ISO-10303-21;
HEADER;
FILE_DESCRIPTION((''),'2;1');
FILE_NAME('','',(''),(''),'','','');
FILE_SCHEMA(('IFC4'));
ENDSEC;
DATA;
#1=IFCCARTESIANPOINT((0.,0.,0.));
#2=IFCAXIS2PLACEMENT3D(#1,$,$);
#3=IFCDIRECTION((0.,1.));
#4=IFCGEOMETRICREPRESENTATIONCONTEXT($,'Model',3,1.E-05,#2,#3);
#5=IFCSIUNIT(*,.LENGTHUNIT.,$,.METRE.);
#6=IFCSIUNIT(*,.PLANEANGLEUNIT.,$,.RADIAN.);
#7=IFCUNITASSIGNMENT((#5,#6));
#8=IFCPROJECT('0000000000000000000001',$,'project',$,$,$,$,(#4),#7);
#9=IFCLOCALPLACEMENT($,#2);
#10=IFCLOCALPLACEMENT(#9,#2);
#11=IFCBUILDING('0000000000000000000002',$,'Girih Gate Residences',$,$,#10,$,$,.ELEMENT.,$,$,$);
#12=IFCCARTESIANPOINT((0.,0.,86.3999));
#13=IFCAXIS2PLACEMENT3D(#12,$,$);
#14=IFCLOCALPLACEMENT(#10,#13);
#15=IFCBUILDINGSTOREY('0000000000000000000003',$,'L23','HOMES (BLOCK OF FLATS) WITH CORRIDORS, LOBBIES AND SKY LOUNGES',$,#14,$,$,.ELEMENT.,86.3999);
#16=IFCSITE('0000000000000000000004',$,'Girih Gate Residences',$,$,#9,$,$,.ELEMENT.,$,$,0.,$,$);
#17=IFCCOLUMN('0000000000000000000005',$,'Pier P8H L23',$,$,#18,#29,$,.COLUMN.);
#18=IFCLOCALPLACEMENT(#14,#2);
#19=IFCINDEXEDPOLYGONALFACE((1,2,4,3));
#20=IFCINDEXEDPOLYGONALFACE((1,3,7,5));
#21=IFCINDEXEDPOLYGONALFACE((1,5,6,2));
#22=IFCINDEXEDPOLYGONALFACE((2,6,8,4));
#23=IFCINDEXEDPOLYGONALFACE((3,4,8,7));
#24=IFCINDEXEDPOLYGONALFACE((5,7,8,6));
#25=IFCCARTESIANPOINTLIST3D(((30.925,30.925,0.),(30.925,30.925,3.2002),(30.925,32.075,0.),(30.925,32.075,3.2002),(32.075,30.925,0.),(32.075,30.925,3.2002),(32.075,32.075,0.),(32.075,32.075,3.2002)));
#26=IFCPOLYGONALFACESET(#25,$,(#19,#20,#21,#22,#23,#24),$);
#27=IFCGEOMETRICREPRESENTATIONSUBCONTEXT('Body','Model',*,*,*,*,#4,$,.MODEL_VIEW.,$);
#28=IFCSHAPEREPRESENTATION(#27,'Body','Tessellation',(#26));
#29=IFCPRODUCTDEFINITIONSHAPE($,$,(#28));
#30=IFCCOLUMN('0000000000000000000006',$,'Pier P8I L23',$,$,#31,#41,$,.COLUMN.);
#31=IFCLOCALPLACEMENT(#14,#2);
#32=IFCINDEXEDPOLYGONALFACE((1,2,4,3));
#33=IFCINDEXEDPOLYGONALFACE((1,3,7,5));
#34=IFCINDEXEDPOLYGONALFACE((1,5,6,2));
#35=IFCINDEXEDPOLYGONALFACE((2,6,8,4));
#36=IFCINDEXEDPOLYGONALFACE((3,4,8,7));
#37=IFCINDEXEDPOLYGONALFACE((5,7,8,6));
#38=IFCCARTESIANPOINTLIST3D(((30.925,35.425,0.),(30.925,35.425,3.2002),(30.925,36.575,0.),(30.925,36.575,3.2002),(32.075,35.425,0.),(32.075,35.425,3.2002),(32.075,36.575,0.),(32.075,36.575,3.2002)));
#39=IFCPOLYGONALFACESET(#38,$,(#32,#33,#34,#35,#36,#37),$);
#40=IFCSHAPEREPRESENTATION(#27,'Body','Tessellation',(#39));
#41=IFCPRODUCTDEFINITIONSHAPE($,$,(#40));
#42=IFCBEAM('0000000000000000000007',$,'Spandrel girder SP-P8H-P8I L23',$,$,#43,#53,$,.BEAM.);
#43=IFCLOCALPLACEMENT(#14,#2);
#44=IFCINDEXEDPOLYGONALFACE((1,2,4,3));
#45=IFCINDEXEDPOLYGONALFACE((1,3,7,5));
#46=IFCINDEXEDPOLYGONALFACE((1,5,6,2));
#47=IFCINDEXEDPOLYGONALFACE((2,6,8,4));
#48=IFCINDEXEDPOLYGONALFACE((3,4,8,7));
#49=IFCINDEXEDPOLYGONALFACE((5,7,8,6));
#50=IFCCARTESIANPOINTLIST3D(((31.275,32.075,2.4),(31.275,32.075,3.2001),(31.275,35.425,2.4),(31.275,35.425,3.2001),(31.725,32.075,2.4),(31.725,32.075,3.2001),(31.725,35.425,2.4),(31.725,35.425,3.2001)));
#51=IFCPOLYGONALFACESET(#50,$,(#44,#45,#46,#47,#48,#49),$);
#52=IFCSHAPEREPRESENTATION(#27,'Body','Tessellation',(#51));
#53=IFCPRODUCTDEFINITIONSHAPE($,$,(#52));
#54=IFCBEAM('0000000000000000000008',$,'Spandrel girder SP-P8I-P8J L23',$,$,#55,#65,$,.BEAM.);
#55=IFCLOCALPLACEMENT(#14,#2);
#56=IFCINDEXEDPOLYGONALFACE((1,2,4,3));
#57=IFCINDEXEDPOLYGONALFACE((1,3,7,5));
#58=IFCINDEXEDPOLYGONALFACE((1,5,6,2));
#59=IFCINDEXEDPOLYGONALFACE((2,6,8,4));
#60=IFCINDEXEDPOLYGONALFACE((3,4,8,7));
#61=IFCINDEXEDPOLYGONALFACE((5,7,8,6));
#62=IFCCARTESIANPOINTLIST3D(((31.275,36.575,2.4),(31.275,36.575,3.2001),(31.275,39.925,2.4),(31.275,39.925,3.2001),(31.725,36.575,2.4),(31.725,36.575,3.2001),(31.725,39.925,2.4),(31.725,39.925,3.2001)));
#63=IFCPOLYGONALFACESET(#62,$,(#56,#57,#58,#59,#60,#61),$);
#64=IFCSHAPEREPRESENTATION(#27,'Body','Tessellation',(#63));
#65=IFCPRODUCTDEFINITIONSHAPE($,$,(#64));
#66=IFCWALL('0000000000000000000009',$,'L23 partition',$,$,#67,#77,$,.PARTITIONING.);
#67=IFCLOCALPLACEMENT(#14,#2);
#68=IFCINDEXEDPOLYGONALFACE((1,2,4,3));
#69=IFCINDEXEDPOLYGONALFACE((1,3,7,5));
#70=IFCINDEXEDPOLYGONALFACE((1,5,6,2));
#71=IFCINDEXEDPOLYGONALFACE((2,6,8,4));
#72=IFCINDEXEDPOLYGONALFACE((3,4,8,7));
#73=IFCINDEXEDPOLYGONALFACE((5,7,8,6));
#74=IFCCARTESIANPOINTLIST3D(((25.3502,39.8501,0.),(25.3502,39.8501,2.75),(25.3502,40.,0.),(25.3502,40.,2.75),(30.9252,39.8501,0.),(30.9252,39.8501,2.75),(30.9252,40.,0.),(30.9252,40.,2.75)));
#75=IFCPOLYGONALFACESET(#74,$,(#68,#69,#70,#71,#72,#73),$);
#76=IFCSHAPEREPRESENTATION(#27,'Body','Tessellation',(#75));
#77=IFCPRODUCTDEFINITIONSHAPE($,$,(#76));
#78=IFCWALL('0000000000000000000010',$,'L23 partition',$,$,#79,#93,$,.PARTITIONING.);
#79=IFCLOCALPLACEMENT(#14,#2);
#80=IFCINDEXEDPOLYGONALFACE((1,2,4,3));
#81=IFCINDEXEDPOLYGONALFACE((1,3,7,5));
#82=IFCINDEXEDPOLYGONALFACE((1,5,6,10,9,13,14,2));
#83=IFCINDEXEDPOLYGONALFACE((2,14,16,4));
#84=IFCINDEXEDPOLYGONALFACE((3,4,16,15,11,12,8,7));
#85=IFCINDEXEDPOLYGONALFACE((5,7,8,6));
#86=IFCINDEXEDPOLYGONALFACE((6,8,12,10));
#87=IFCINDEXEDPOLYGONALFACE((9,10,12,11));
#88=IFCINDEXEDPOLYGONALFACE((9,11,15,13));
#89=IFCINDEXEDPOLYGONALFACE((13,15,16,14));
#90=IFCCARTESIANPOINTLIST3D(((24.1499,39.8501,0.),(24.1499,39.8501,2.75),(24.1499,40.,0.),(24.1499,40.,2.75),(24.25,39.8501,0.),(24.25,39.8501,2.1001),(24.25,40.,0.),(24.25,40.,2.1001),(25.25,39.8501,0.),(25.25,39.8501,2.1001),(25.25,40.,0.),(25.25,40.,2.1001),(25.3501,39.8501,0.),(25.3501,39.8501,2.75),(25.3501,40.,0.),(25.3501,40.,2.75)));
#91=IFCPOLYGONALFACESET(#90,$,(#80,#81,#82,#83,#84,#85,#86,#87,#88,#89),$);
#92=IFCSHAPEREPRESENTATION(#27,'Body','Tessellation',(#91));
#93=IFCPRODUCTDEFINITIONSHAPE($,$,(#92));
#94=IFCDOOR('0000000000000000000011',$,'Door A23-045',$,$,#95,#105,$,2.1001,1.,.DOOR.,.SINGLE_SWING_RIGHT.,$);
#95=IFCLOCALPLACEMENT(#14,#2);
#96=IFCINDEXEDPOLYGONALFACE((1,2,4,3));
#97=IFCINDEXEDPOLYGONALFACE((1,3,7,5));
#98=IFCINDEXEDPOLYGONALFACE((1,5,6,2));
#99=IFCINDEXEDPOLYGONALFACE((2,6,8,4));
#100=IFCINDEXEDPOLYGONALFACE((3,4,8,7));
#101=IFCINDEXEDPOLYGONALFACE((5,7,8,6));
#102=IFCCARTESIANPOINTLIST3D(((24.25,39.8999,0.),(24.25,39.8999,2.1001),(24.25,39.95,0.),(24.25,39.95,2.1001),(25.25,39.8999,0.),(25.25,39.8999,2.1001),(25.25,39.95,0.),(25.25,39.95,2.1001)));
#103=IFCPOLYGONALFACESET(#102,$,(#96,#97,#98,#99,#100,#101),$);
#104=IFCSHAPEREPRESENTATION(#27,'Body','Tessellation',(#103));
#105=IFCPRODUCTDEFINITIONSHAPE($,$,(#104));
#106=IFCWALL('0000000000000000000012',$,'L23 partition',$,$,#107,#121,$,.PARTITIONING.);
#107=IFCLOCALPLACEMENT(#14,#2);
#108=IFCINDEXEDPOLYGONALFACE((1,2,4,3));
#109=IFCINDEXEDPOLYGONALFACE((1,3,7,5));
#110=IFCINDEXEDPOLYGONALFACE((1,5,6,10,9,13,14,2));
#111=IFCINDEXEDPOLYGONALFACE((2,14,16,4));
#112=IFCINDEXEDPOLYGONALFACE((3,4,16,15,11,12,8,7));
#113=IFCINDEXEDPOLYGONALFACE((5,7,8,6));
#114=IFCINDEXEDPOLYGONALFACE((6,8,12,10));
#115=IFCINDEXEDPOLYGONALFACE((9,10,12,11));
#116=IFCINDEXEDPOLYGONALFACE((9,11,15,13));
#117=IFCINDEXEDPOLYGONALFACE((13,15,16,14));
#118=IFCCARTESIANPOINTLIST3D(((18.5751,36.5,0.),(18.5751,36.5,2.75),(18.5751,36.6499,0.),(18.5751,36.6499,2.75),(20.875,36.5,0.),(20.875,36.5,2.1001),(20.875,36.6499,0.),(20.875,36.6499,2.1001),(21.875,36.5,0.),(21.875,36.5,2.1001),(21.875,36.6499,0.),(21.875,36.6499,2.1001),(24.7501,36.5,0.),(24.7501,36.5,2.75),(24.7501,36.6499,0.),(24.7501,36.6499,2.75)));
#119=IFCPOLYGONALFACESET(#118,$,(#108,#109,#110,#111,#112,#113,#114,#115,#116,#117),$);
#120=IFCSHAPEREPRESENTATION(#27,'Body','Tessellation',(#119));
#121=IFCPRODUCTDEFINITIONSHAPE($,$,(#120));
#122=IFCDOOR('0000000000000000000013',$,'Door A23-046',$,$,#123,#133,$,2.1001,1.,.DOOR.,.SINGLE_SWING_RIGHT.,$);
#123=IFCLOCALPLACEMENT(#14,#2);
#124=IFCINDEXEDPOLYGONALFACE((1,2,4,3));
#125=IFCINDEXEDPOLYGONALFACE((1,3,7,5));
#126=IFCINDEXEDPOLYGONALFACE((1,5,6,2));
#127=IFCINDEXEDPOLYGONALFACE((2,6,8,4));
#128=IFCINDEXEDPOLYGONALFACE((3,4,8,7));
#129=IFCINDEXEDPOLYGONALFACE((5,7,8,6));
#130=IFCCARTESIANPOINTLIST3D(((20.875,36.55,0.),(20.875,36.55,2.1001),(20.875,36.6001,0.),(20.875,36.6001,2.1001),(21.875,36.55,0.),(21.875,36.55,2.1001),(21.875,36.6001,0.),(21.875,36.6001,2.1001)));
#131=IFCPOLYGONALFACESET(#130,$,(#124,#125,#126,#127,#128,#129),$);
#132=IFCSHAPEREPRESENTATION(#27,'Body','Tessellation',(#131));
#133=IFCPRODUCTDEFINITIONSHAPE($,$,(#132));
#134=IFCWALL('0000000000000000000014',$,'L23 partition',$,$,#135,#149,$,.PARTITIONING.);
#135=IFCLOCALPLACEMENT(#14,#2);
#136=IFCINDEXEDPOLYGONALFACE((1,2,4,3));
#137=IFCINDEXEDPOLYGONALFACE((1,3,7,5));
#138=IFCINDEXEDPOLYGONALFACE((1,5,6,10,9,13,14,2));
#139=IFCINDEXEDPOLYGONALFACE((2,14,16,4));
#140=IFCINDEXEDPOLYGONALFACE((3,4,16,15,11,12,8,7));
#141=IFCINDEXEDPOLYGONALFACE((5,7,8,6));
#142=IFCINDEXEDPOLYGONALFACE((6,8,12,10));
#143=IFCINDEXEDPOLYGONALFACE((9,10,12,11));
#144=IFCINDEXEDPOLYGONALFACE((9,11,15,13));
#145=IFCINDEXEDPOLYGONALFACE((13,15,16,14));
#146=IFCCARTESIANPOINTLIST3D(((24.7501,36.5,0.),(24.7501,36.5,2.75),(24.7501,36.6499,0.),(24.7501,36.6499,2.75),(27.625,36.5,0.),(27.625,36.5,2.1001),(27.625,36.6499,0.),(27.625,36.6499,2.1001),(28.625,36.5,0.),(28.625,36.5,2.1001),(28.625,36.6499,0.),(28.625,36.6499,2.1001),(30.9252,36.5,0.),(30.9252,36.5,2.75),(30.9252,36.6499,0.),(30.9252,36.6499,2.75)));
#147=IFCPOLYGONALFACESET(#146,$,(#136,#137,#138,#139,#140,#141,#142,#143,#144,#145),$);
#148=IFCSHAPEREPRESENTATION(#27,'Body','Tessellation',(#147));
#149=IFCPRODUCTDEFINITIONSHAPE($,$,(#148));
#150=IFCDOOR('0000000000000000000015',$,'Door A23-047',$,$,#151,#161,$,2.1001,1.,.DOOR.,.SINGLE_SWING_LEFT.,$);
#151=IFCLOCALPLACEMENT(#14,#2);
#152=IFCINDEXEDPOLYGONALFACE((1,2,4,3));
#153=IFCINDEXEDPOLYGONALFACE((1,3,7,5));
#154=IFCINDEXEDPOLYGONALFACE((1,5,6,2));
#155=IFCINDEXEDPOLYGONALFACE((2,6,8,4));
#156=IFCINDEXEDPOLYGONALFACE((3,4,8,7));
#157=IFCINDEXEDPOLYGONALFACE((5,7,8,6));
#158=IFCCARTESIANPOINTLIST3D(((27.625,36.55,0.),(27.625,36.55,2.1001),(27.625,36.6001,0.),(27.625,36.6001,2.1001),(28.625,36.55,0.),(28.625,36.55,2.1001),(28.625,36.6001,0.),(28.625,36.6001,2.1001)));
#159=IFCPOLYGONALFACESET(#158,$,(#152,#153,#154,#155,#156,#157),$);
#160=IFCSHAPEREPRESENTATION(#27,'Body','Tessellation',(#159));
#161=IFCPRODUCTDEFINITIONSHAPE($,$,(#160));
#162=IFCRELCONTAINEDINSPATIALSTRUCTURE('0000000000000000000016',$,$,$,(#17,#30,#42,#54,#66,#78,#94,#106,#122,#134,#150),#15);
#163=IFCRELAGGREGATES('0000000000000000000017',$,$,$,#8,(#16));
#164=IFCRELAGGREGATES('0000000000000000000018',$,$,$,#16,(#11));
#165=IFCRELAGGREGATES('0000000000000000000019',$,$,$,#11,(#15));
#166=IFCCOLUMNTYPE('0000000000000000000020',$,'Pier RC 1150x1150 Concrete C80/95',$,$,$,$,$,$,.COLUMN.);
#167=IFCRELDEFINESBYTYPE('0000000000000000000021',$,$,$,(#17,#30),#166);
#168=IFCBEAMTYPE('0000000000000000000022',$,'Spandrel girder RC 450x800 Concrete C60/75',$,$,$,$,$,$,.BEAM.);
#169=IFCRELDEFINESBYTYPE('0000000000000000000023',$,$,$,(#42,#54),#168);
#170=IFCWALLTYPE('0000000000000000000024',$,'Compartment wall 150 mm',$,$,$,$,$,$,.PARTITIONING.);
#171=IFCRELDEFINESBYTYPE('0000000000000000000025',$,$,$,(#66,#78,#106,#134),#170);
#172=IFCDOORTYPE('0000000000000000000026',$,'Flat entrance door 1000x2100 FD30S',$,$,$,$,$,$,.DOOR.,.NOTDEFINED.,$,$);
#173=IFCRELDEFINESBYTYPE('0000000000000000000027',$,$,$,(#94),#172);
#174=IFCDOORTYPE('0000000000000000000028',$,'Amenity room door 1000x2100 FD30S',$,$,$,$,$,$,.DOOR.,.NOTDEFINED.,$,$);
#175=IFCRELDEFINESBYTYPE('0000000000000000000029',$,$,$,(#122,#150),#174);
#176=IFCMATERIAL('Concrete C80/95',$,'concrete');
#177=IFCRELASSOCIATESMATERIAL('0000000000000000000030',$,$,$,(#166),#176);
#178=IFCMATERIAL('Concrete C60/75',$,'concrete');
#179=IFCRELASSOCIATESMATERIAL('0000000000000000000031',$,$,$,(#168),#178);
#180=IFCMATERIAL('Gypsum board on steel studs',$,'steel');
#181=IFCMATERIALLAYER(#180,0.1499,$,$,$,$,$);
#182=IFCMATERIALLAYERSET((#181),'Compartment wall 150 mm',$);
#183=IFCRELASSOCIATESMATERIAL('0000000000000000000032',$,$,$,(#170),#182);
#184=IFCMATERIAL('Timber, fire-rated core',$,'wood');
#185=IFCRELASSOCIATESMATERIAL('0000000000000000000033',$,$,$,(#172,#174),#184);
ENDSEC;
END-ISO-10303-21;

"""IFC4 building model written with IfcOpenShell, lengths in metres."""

from ifc_helpers import new_model, si_unit, direction, frame, frame_2d, origin, origin_2d, place, context, subcontext, project, spatial, rectangle, extrude, material, layer, layer_set, material_profile, profile_set, type_object, element, fill, save


model = new_model("IFC4")

# Units and contexts
model_context = context("Model", 3, precision=1e-05, world=origin(), true_north=direction((0.0, 1.0)))
body_context = subcontext(model_context, "Body", "Model", "MODEL_VIEW")
ifc_project = project(units=[si_unit("LENGTHUNIT", "METRE"), si_unit("PLANEANGLEUNIT", "RADIAN")], contexts=[model_context])

# Site, building, storey
site_placement = place(None, origin())
site = spatial("IfcSite", under=ifc_project, at=site_placement, Name="Girih Gate Residences", CompositionType="ELEMENT", RefElevation=0.0)
building_placement = place(site_placement, origin())
building = spatial("IfcBuilding", under=site, at=building_placement, Name="Girih Gate Residences", CompositionType="ELEMENT")
storey_placement = place(building_placement, frame((0.0, 0.0, 86.3999)))
storey = spatial("IfcBuildingStorey", under=building, at=storey_placement, Name="L23", Description="HOMES (BLOCK OF FLATS) WITH CORRIDORS, LOBBIES AND SKY LOUNGES", CompositionType="ELEMENT", Elevation=86.3999)

# Columns
ifc_material_1 = material(Name="Concrete C80/95", Category="concrete")
ifc_material_profile_1 = material_profile(ifc_material_1, rectangle(XDim=1.1499, YDim=1.1499, at=origin_2d()))
ifc_profile_set_1 = profile_set([ifc_material_profile_1], Name="Concrete C80/95")
column_type = type_object("IfcColumnType", Name="Pier RC 1150x1150 Concrete C80/95", PredefinedType="COLUMN", material=ifc_profile_set_1)
for number, where, z_axis, x_axis, name in (
    (1, (31.5, 31.5, 0.0), (0.0, 0.0, 1.0), (1.0, 0.0, 0.0), "Pier P8H L23"),
    (2, (31.5, 36.0, 0.0), (0.0, 0.0, 1.0), (1.0, 0.0, 0.0), "Pier P8I L23"),
):
    element("IfcColumn", number, at=place(storey_placement, frame(where, z_axis=z_axis, x_axis=x_axis)), inside=storey, type_object=column_type, Name=name, PredefinedType="COLUMN", context=body_context, shape_type="SweptSolid", body=[
        extrude(rectangle(XDim=1.1499, YDim=1.1499, at=origin_2d()), origin(), (0.0, 0.0, 1.0), 3.2002),
    ])

# Beams
ifc_material_2 = material(Name="Concrete C60/75", Category="concrete")
ifc_material_profile_2 = material_profile(ifc_material_2, rectangle(XDim=0.45, YDim=0.8, at=origin_2d()))
ifc_profile_set_2 = profile_set([ifc_material_profile_2], Name="Concrete C60/75")
beam_type = type_object("IfcBeamType", Name="Spandrel girder RC 450x800 Concrete C60/75", PredefinedType="BEAM", material=ifc_profile_set_2)
for number, where, z_axis, x_axis, name in (
    (3, (31.5, 32.075, 2.8), (0.0, 1.0, 0.0), (-1.0, 0.0, 0.0), "Spandrel girder SP-P8H-P8I L23"),
    (4, (31.5, 36.575, 2.8), (0.0, 1.0, 0.0), (-1.0, 0.0, 0.0), "Spandrel girder SP-P8I-P8J L23"),
):
    element("IfcBeam", number, at=place(storey_placement, frame(where, z_axis=z_axis, x_axis=x_axis)), inside=storey, type_object=beam_type, Name=name, PredefinedType="BEAM", context=body_context, shape_type="SweptSolid", body=[
        extrude(rectangle(XDim=0.45, YDim=0.8, at=origin_2d()), origin(), (0.0, 0.0, 1.0), 3.3501),
    ])

# Wall
ifc_material_3 = material(Name="Gypsum board on steel studs", Category="steel")
ifc_layer_1 = layer(ifc_material_3, 0.1499)
ifc_layer_set_1 = layer_set([ifc_layer_1], Name="Compartment wall 150 mm")
wall_type_1 = type_object("IfcWallType", Name="Compartment wall 150 mm", PredefinedType="PARTITIONING", material=ifc_layer_set_1)
wall_1_placement = place(storey_placement, frame((25.3501, 39.925, 0.0), z_axis=(0.0, 0.0, 1.0), x_axis=(1.0, 0.0, 0.0)))
element("IfcWall", 5, at=wall_1_placement, inside=storey, type_object=wall_type_1, Name="L23 partition", PredefinedType="PARTITIONING", context=body_context, shape_type="SweptSolid", body=[
    extrude(rectangle(XDim=5.575, YDim=0.1499, at=frame_2d((2.7876, 0.0))), origin(), (0.0, 0.0, 1.0), 2.75),
])

# Walls, openings, doors
wall_2_placement = place(storey_placement, frame((24.1499, 39.925, 0.0), z_axis=(0.0, 0.0, 1.0), x_axis=(1.0, 0.0, 0.0)))
wall_2 = element("IfcWall", 6, at=wall_2_placement, inside=storey, type_object=wall_type_1, Name="L23 partition", PredefinedType="PARTITIONING", context=body_context, shape_type="SweptSolid", body=[
    extrude(rectangle(XDim=1.2002, YDim=0.1499, at=frame_2d((0.6001, 0.0))), origin(), (0.0, 0.0, 1.0), 2.75),
])
opening_1_placement = place(wall_2_placement, frame((0.1001, 0.0, 0.0)))
opening_1 = element("IfcOpeningElement", 7, at=opening_1_placement, cuts=wall_2, PredefinedType="OPENING", context=body_context, shape_type="SweptSolid", body=[
    extrude(rectangle(XDim=1.0, YDim=2.1001, at=frame_2d((0.5, 1.05))), frame((0.0, 0.085, 0.0), z_axis=(0.0, -1.0, 0.0), x_axis=(1.0, 0.0, 0.0)), (0.0, 0.0, 1.0), 0.1699),
])
ifc_material_4 = material(Name="Timber, fire-rated core", Category="wood")
door_type_1 = type_object("IfcDoorType", Name="Flat entrance door 1000x2100 FD30S", OperationType="NOTDEFINED", PredefinedType="DOOR", material=ifc_material_4)
door_1_placement = place(opening_1_placement, origin())
door_1 = element("IfcDoor", 8, at=door_1_placement, inside=storey, type_object=door_type_1, Name="Door A23-045", OperationType="SINGLE_SWING_RIGHT", OverallHeight=2.1001, OverallWidth=1.0, PredefinedType="DOOR", context=body_context, shape_type="SweptSolid", body=[
    extrude(rectangle(XDim=1.0, YDim=2.1001, at=frame_2d((0.5, 1.05))), frame((0.0, 0.0249, 0.0), z_axis=(0.0, -1.0, 0.0), x_axis=(1.0, 0.0, 0.0)), (0.0, 0.0, 1.0), 0.05),
])
fill(opening_1, door_1)
wall_3_placement = place(storey_placement, frame((24.75, 36.575, 0.0), z_axis=(0.0, 0.0, 1.0), x_axis=(-1.0, 0.0, 0.0)))
wall_3 = element("IfcWall", 9, at=wall_3_placement, inside=storey, type_object=wall_type_1, Name="L23 partition", PredefinedType="PARTITIONING", context=body_context, shape_type="SweptSolid", body=[
    extrude(rectangle(XDim=6.175, YDim=0.1499, at=frame_2d((3.0874, 0.0))), origin(), (0.0, 0.0, 1.0), 2.75),
])
opening_2_placement = place(wall_3_placement, frame((2.875, 0.0, 0.0)))
opening_2 = element("IfcOpeningElement", 10, at=opening_2_placement, cuts=wall_3, PredefinedType="OPENING", context=body_context, shape_type="SweptSolid", body=[
    extrude(rectangle(XDim=1.0, YDim=2.1001, at=frame_2d((0.5, 1.05))), frame((0.0, 0.085, 0.0), z_axis=(0.0, -1.0, 0.0), x_axis=(1.0, 0.0, 0.0)), (0.0, 0.0, 1.0), 0.1699),
])
door_type_2 = type_object("IfcDoorType", Name="Amenity room door 1000x2100 FD30S", OperationType="NOTDEFINED", PredefinedType="DOOR", material=ifc_material_4)
door_2_placement = place(opening_2_placement, origin())
door_2 = element("IfcDoor", 11, at=door_2_placement, inside=storey, type_object=door_type_2, Name="Door A23-046", OperationType="SINGLE_SWING_RIGHT", OverallHeight=2.1001, OverallWidth=1.0, PredefinedType="DOOR", context=body_context, shape_type="SweptSolid", body=[
    extrude(rectangle(XDim=1.0, YDim=2.1001, at=frame_2d((0.5, 1.05))), frame((0.0, 0.0249, 0.0), z_axis=(0.0, -1.0, 0.0), x_axis=(1.0, 0.0, 0.0)), (0.0, 0.0, 1.0), 0.05),
])
fill(opening_2, door_2)
wall_4_placement = place(storey_placement, frame((30.925, 36.575, 0.0), z_axis=(0.0, 0.0, 1.0), x_axis=(-1.0, 0.0, 0.0)))
wall_4 = element("IfcWall", 12, at=wall_4_placement, inside=storey, type_object=wall_type_1, Name="L23 partition", PredefinedType="PARTITIONING", context=body_context, shape_type="SweptSolid", body=[
    extrude(rectangle(XDim=6.175, YDim=0.1499, at=frame_2d((3.0874, 0.0))), origin(), (0.0, 0.0, 1.0), 2.75),
])
opening_3_placement = place(wall_4_placement, frame((2.3, 0.0, 0.0)))
opening_3 = element("IfcOpeningElement", 13, at=opening_3_placement, cuts=wall_4, PredefinedType="OPENING", context=body_context, shape_type="SweptSolid", body=[
    extrude(rectangle(XDim=1.0, YDim=2.1001, at=frame_2d((0.5, 1.05))), frame((0.0, 0.085, 0.0), z_axis=(0.0, -1.0, 0.0), x_axis=(1.0, 0.0, 0.0)), (0.0, 0.0, 1.0), 0.1699),
])
door_3_placement = place(opening_3_placement, origin())
door_3 = element("IfcDoor", 14, at=door_3_placement, inside=storey, type_object=door_type_2, Name="Door A23-047", OperationType="SINGLE_SWING_LEFT", OverallHeight=2.1001, OverallWidth=1.0, PredefinedType="DOOR", context=body_context, shape_type="SweptSolid", body=[
    extrude(rectangle(XDim=1.0, YDim=2.1001, at=frame_2d((0.5, 1.05))), frame((0.0, 0.0249, 0.0), z_axis=(0.0, -1.0, 0.0), x_axis=(1.0, 0.0, 0.0)), (0.0, 0.0, 1.0), 0.05),
])
fill(opening_3, door_3)

save(model, "model.ifc")
